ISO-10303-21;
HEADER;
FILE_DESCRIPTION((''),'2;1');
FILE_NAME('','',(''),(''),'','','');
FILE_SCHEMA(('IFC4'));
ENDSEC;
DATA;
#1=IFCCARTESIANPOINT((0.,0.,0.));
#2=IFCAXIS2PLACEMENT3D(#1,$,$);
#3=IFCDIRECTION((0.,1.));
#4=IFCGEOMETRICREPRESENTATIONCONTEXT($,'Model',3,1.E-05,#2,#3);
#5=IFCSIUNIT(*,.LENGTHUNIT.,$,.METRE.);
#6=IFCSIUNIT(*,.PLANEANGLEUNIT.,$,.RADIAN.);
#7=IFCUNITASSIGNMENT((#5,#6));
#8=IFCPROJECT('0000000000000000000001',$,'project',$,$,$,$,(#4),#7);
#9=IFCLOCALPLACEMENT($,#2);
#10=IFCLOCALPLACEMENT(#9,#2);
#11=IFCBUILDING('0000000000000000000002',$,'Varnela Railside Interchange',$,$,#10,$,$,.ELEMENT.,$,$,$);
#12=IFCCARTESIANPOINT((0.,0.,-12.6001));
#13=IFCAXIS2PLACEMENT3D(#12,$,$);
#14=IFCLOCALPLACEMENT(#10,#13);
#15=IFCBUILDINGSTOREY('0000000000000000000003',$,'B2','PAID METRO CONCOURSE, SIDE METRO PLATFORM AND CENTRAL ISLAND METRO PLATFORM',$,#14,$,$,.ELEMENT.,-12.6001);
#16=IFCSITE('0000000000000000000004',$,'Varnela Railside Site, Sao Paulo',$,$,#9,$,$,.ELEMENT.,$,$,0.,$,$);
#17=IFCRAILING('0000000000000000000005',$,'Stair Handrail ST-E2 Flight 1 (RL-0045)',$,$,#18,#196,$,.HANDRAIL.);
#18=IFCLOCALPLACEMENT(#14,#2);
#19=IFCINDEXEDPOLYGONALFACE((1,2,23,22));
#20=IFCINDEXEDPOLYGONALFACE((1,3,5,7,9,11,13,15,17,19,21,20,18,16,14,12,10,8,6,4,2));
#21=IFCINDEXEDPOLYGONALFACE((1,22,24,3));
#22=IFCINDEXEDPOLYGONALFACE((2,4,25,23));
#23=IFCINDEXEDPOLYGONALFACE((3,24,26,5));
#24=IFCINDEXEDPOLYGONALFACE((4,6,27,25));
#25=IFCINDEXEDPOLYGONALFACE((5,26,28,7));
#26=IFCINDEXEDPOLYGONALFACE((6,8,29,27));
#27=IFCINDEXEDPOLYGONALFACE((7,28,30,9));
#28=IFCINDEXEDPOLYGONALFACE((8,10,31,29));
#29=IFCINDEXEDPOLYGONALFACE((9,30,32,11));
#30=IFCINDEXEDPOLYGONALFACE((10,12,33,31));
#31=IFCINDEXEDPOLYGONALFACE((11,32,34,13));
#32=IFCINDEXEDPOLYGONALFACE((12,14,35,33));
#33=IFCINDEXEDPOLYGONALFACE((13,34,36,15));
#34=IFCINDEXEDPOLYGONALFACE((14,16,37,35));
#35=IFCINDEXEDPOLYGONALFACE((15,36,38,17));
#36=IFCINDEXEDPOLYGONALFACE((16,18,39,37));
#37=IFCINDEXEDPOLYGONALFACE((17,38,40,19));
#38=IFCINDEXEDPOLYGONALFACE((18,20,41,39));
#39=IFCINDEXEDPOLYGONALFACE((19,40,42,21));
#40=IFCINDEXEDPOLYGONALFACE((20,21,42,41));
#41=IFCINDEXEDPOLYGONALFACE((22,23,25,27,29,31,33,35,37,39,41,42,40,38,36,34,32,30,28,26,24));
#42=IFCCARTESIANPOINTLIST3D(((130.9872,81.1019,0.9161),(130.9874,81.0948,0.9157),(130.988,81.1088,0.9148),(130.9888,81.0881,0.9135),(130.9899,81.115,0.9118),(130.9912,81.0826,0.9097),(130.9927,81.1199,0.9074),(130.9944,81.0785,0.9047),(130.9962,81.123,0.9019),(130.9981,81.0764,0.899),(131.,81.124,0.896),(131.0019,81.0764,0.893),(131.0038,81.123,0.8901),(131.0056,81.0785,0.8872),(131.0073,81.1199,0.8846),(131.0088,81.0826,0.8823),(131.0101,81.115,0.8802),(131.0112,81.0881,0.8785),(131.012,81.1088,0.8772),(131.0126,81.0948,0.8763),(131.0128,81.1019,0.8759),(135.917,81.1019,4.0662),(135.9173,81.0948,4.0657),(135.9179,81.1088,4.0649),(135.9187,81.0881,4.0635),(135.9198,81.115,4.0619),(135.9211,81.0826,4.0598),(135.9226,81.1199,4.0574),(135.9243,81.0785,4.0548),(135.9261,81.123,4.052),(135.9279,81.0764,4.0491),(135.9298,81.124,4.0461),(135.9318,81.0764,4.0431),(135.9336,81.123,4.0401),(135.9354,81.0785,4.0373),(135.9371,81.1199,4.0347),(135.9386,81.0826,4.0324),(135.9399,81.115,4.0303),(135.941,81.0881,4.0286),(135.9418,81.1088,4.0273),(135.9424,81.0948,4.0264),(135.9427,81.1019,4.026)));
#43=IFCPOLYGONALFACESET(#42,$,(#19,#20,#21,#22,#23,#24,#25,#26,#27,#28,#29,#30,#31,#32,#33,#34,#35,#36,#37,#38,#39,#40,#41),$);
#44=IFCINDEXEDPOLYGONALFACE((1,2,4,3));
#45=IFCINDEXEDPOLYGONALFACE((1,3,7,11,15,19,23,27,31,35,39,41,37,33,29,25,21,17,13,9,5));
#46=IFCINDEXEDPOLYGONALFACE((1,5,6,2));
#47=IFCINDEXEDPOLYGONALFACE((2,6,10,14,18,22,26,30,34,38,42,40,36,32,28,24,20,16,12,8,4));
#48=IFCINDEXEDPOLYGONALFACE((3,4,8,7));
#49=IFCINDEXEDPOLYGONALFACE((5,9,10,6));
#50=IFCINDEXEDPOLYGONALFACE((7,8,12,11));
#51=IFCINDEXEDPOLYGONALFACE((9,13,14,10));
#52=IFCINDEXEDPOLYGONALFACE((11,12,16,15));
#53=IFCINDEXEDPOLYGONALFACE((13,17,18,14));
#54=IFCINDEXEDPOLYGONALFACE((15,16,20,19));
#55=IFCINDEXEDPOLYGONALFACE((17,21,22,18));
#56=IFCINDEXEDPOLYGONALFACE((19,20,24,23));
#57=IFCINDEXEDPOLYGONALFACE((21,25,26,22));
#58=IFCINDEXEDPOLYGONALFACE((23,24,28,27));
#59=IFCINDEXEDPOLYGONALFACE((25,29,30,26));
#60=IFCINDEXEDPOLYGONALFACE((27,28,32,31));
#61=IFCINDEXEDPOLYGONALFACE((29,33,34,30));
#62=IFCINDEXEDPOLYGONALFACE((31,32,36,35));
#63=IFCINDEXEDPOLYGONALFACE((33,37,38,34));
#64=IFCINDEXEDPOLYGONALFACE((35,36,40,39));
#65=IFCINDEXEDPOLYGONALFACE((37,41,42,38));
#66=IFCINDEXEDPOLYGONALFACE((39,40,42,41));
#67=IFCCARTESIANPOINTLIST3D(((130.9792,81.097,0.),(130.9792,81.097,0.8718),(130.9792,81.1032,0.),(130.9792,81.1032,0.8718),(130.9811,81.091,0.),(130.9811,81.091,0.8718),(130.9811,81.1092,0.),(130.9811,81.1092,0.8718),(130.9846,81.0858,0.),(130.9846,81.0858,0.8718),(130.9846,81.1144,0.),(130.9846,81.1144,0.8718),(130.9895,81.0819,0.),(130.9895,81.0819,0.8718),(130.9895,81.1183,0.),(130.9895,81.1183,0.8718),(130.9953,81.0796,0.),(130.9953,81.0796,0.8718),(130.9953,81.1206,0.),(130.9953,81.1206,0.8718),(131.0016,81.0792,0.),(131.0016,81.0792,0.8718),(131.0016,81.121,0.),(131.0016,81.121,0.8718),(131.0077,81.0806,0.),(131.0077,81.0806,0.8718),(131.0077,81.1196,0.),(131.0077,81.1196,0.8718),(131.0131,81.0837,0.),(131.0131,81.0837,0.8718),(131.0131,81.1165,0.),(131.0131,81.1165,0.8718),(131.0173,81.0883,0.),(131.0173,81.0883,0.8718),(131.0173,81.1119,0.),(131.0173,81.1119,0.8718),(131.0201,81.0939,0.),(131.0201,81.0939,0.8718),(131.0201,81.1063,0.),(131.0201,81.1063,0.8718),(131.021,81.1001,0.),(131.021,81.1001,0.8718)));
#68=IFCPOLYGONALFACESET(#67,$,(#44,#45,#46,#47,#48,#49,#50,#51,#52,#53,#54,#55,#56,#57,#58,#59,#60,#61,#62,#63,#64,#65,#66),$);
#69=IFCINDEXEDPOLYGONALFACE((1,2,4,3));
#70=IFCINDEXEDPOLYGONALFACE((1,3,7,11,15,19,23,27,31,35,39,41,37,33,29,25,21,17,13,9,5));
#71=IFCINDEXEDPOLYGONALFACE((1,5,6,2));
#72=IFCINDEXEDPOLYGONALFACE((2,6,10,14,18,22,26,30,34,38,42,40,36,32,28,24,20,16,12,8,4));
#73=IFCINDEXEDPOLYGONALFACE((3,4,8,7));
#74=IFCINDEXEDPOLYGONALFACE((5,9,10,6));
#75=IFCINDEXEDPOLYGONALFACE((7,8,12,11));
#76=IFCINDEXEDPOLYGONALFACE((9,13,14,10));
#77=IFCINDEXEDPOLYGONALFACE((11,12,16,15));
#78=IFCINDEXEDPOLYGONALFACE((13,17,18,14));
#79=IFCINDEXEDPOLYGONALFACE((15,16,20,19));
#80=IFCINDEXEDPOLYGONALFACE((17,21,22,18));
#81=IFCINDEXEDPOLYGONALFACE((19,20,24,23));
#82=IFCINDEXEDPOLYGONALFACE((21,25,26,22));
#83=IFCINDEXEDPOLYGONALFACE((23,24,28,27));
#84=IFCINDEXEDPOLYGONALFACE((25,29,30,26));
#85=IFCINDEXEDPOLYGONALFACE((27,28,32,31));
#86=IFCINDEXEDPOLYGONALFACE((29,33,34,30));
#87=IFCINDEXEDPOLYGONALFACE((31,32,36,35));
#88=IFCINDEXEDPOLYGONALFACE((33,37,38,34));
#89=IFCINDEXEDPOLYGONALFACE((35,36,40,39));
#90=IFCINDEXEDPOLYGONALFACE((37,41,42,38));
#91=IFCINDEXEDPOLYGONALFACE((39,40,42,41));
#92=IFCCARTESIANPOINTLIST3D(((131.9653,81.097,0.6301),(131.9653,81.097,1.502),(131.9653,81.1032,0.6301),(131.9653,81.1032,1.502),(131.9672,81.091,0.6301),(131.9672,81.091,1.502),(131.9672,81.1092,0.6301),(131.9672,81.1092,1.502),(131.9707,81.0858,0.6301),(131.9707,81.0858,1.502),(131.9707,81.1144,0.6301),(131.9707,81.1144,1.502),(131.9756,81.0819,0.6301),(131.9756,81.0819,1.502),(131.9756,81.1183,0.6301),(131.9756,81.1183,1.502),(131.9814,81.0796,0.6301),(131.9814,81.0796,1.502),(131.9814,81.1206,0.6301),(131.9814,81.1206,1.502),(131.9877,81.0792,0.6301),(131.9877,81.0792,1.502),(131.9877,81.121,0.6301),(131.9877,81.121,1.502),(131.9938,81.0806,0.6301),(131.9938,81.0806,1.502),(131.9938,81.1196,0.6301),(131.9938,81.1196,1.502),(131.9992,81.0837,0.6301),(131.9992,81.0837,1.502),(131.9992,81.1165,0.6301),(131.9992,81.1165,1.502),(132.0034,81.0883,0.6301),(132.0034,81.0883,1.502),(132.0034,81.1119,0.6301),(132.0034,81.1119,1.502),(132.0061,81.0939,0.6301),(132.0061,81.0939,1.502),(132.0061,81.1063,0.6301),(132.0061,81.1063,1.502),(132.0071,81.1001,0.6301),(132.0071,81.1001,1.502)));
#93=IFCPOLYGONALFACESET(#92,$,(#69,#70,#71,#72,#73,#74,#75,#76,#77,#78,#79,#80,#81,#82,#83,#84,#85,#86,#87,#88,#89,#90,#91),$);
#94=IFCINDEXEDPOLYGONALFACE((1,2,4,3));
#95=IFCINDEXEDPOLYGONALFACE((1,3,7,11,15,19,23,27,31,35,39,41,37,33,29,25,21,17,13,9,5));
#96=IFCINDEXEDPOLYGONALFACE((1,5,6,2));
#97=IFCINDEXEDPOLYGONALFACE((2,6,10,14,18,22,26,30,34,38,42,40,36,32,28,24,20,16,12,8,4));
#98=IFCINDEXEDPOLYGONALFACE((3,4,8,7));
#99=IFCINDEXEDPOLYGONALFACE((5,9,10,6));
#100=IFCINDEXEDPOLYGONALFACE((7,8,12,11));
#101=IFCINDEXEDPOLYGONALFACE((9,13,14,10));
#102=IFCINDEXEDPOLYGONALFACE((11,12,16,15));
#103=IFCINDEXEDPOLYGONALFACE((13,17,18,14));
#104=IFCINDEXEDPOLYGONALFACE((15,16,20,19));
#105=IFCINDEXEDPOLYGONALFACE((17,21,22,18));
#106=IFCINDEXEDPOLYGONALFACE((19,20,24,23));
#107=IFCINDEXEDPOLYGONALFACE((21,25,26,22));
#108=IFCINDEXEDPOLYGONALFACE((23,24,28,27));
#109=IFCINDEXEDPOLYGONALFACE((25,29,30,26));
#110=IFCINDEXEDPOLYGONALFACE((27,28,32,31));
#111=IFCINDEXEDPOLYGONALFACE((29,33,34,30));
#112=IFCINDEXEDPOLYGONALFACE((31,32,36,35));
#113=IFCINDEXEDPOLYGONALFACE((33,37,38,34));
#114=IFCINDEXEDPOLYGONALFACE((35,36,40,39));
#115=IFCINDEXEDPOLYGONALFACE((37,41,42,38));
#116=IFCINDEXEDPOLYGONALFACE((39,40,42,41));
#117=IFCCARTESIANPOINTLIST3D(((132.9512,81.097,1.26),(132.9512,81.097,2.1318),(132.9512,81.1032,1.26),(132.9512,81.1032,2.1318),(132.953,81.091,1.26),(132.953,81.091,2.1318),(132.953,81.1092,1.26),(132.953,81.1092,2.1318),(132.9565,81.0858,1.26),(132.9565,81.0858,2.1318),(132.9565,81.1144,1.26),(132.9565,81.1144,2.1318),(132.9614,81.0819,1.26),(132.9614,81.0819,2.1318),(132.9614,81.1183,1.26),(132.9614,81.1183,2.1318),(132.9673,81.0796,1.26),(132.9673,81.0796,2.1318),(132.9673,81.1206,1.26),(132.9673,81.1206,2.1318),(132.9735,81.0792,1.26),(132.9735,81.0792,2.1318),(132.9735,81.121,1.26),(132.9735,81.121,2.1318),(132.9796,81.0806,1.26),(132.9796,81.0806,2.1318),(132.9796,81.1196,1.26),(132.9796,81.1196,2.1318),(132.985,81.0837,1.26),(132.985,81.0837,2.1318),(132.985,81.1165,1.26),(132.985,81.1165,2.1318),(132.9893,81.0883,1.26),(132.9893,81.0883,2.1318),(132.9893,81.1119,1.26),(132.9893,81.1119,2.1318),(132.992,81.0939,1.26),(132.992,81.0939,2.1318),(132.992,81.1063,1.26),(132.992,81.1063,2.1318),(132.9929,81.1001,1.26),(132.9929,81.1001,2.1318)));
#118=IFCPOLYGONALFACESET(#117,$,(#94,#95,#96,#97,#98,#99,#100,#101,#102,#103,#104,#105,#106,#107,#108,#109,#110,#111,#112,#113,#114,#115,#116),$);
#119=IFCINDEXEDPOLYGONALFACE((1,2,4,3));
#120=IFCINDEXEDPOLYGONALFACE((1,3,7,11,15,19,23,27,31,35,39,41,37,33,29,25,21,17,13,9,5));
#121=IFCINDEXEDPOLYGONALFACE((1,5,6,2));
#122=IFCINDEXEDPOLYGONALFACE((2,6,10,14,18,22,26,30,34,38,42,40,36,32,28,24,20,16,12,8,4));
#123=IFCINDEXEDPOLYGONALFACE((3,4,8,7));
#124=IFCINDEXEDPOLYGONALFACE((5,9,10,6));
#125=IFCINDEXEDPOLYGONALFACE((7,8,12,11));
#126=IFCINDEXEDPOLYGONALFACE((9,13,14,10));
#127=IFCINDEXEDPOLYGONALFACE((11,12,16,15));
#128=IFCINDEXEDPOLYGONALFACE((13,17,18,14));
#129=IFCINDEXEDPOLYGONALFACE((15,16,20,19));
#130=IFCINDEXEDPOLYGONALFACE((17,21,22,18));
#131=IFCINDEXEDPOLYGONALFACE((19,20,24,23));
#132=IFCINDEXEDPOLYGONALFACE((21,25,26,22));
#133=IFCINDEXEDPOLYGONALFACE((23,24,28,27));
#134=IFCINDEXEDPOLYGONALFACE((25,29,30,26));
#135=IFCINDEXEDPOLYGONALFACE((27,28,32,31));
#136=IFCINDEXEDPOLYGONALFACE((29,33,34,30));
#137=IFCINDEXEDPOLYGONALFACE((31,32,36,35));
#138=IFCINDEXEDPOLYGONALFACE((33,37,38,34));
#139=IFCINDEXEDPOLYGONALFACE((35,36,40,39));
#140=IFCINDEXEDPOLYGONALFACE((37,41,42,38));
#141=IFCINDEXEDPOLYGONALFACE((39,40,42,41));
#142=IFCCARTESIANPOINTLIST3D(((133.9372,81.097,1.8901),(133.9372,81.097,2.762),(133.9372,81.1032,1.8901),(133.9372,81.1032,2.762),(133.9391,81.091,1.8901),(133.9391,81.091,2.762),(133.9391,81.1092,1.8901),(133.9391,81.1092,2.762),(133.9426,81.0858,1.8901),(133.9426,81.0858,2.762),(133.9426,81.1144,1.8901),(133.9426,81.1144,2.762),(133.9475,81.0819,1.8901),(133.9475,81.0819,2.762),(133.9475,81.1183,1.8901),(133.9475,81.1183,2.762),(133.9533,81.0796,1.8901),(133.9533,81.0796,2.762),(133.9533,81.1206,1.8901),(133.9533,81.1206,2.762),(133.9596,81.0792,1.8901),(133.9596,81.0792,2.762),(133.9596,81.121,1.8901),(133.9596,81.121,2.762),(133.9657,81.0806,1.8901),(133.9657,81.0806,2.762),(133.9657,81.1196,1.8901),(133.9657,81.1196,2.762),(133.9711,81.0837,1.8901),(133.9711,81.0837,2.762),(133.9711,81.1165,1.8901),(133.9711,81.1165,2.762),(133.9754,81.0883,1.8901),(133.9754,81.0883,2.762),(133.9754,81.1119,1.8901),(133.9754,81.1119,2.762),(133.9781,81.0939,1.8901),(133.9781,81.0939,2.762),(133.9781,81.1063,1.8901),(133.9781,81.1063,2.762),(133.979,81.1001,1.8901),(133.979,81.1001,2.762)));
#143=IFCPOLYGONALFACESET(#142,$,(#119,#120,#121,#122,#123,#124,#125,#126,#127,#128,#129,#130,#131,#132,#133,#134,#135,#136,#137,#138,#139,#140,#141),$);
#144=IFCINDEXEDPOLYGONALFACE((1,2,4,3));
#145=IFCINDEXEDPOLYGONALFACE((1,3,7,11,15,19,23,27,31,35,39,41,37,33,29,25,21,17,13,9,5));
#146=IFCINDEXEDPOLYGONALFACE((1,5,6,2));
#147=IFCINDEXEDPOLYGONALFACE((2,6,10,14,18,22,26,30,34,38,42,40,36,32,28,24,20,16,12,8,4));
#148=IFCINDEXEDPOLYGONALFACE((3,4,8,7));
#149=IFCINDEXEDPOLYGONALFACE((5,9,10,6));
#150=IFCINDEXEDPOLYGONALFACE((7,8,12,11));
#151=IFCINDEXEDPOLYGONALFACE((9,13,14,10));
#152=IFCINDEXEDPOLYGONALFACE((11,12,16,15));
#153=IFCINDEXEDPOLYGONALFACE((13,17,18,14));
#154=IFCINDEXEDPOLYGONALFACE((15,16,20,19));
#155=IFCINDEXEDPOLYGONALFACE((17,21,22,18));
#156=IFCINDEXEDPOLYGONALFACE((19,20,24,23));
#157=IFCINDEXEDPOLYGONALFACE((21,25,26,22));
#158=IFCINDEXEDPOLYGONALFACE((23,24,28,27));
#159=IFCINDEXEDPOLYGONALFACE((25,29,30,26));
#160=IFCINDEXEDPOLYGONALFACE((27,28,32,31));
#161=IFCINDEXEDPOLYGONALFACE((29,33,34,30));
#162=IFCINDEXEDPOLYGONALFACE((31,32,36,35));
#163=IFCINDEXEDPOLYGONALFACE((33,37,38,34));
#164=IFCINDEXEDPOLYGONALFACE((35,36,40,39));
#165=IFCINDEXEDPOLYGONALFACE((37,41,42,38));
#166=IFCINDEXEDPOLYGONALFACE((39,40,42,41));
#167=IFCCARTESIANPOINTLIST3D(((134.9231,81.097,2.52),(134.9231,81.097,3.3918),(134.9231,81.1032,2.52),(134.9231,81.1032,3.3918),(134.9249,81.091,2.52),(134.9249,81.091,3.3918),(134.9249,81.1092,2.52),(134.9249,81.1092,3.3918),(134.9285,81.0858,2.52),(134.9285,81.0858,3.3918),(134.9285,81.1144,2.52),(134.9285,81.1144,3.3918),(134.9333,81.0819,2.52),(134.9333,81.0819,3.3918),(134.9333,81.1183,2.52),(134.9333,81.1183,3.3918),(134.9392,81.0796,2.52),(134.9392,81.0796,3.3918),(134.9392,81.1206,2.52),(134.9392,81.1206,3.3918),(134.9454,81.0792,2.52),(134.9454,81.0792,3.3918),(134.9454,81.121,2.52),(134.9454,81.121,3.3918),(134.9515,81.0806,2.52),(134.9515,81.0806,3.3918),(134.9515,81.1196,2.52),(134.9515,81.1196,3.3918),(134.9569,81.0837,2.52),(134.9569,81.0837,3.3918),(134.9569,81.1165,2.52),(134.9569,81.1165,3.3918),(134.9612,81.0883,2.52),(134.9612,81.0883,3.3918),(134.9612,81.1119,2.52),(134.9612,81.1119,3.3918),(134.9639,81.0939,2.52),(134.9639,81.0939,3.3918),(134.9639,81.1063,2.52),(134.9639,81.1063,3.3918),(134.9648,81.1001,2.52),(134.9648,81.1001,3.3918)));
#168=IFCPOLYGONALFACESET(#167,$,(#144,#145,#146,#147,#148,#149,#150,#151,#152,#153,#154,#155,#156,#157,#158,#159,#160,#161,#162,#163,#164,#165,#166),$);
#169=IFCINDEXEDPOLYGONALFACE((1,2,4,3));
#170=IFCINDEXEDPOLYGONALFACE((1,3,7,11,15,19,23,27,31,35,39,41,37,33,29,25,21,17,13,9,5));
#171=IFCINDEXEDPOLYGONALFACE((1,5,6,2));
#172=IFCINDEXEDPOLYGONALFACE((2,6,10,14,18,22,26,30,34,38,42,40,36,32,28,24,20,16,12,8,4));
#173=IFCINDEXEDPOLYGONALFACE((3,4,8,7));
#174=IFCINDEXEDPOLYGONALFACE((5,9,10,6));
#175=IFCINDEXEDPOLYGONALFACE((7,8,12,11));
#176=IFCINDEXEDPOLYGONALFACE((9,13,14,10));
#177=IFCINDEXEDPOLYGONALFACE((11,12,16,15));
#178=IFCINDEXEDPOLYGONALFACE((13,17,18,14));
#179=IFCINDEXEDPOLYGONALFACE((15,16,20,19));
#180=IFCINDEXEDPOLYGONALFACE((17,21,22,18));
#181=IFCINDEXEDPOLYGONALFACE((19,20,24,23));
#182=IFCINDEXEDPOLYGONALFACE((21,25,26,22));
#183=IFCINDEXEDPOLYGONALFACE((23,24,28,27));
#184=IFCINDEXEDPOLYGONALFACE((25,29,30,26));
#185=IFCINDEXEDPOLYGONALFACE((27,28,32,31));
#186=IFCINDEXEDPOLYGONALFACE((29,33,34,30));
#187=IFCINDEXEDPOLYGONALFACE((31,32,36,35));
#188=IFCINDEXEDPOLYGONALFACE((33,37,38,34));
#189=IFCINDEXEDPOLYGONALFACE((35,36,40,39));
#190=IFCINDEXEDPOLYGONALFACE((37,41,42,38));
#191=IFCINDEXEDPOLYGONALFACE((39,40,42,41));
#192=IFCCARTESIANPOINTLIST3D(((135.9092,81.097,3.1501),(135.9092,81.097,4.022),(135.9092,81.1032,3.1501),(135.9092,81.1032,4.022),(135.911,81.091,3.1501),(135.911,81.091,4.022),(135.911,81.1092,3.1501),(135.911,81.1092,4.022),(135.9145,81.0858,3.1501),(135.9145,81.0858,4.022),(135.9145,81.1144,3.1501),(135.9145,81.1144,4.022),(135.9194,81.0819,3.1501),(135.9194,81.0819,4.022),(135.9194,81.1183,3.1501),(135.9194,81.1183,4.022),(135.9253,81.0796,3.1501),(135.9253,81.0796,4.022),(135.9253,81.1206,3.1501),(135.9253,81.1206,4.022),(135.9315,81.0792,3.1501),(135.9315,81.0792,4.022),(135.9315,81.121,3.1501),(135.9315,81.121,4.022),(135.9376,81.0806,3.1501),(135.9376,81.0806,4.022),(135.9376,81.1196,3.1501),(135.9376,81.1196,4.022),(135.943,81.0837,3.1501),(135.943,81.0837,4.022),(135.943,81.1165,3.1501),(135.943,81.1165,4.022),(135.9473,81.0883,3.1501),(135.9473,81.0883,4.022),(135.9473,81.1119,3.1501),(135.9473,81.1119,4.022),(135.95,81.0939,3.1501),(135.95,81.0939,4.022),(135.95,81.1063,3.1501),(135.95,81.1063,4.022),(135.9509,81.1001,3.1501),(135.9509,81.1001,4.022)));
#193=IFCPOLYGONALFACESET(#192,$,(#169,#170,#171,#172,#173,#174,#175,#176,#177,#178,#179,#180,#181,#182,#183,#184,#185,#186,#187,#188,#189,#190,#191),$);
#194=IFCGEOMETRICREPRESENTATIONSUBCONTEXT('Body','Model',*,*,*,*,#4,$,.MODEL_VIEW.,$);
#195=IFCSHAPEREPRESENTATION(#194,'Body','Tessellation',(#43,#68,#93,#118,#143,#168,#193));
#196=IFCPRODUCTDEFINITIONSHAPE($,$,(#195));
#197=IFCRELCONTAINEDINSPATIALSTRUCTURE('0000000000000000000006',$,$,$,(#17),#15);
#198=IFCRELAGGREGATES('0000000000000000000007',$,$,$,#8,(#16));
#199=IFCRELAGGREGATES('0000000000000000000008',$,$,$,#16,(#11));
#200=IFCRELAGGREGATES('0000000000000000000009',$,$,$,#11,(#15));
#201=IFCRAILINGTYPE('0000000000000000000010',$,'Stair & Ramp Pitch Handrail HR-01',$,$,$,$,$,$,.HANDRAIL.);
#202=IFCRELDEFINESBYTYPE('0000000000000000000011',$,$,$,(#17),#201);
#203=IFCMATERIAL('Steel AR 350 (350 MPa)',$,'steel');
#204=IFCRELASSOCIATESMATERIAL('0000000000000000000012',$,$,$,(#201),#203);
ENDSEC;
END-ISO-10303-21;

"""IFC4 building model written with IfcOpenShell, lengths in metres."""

from ifc_helpers import new_model, si_unit, direction, frame, origin, origin_2d, place, context, subcontext, project, spatial, circle, extrude, material, type_object, element, save


model = new_model("IFC4")

# Units and contexts
model_context = context("Model", 3, precision=1e-05, world=origin(), true_north=direction((0.0, 1.0)))
body_context = subcontext(model_context, "Body", "Model", "MODEL_VIEW")
ifc_project = project(units=[si_unit("LENGTHUNIT", "METRE"), si_unit("PLANEANGLEUNIT", "RADIAN")], contexts=[model_context])

# Site, building, storey
site_placement = place(None, origin())
site = spatial("IfcSite", under=ifc_project, at=site_placement, Name="Varnela Railside Site, Sao Paulo", CompositionType="ELEMENT", RefElevation=0.0)
building_placement = place(site_placement, origin())
building = spatial("IfcBuilding", under=site, at=building_placement, Name="Varnela Railside Interchange", CompositionType="ELEMENT")
storey_placement = place(building_placement, frame((0.0, 0.0, -12.6001)))
storey = spatial("IfcBuildingStorey", under=building, at=storey_placement, Name="B2", Description="PAID METRO CONCOURSE, SIDE METRO PLATFORM AND CENTRAL ISLAND METRO PLATFORM", CompositionType="ELEMENT", Elevation=-12.6001)

# Railing
ifc_material_1 = material(Name="Steel AR 350 (350 MPa)", Category="steel")
railing_type_1 = type_object("IfcRailingType", Name="Stair & Ramp Pitch Handrail HR-01", PredefinedType="HANDRAIL", material=ifc_material_1)
railing_1_placement = place(storey_placement, frame((131.0, 81.1001, 0.0)))
element("IfcRailing", 1, at=railing_1_placement, inside=storey, type_object=railing_type_1, Name="Stair Handrail ST-E2 Flight 1 (RL-0045)", PredefinedType="HANDRAIL", context=body_context, shape_type="SweptSolid", body=[
    extrude(circle(Radius=0.0239, at=origin_2d()), frame((0.0, 0.0, 0.896), z_axis=(0.84266, 0.0, 0.538446), x_axis=(0.0, 1.0, 0.0)), (0.0, 0.0, 1.0), 5.8503),
    extrude(circle(Radius=0.021, at=origin_2d()), origin(), (0.0, 0.0, 1.0), 0.8718),
    extrude(circle(Radius=0.021, at=origin_2d()), frame((0.9861, 0.0, 0.6301)), (0.0, 0.0, 1.0), 0.8718),
    extrude(circle(Radius=0.021, at=origin_2d()), frame((1.9719, 0.0, 1.26)), (0.0, 0.0, 1.0), 0.8718),
    extrude(circle(Radius=0.021, at=origin_2d()), frame((2.958, 0.0, 1.8901)), (0.0, 0.0, 1.0), 0.8718),
    extrude(circle(Radius=0.021, at=origin_2d()), frame((3.9438, 0.0, 2.52)), (0.0, 0.0, 1.0), 0.8718),
    extrude(circle(Radius=0.021, at=origin_2d()), frame((4.9299, 0.0, 3.1501)), (0.0, 0.0, 1.0), 0.8718),
])

save(model, "model.ifc")
